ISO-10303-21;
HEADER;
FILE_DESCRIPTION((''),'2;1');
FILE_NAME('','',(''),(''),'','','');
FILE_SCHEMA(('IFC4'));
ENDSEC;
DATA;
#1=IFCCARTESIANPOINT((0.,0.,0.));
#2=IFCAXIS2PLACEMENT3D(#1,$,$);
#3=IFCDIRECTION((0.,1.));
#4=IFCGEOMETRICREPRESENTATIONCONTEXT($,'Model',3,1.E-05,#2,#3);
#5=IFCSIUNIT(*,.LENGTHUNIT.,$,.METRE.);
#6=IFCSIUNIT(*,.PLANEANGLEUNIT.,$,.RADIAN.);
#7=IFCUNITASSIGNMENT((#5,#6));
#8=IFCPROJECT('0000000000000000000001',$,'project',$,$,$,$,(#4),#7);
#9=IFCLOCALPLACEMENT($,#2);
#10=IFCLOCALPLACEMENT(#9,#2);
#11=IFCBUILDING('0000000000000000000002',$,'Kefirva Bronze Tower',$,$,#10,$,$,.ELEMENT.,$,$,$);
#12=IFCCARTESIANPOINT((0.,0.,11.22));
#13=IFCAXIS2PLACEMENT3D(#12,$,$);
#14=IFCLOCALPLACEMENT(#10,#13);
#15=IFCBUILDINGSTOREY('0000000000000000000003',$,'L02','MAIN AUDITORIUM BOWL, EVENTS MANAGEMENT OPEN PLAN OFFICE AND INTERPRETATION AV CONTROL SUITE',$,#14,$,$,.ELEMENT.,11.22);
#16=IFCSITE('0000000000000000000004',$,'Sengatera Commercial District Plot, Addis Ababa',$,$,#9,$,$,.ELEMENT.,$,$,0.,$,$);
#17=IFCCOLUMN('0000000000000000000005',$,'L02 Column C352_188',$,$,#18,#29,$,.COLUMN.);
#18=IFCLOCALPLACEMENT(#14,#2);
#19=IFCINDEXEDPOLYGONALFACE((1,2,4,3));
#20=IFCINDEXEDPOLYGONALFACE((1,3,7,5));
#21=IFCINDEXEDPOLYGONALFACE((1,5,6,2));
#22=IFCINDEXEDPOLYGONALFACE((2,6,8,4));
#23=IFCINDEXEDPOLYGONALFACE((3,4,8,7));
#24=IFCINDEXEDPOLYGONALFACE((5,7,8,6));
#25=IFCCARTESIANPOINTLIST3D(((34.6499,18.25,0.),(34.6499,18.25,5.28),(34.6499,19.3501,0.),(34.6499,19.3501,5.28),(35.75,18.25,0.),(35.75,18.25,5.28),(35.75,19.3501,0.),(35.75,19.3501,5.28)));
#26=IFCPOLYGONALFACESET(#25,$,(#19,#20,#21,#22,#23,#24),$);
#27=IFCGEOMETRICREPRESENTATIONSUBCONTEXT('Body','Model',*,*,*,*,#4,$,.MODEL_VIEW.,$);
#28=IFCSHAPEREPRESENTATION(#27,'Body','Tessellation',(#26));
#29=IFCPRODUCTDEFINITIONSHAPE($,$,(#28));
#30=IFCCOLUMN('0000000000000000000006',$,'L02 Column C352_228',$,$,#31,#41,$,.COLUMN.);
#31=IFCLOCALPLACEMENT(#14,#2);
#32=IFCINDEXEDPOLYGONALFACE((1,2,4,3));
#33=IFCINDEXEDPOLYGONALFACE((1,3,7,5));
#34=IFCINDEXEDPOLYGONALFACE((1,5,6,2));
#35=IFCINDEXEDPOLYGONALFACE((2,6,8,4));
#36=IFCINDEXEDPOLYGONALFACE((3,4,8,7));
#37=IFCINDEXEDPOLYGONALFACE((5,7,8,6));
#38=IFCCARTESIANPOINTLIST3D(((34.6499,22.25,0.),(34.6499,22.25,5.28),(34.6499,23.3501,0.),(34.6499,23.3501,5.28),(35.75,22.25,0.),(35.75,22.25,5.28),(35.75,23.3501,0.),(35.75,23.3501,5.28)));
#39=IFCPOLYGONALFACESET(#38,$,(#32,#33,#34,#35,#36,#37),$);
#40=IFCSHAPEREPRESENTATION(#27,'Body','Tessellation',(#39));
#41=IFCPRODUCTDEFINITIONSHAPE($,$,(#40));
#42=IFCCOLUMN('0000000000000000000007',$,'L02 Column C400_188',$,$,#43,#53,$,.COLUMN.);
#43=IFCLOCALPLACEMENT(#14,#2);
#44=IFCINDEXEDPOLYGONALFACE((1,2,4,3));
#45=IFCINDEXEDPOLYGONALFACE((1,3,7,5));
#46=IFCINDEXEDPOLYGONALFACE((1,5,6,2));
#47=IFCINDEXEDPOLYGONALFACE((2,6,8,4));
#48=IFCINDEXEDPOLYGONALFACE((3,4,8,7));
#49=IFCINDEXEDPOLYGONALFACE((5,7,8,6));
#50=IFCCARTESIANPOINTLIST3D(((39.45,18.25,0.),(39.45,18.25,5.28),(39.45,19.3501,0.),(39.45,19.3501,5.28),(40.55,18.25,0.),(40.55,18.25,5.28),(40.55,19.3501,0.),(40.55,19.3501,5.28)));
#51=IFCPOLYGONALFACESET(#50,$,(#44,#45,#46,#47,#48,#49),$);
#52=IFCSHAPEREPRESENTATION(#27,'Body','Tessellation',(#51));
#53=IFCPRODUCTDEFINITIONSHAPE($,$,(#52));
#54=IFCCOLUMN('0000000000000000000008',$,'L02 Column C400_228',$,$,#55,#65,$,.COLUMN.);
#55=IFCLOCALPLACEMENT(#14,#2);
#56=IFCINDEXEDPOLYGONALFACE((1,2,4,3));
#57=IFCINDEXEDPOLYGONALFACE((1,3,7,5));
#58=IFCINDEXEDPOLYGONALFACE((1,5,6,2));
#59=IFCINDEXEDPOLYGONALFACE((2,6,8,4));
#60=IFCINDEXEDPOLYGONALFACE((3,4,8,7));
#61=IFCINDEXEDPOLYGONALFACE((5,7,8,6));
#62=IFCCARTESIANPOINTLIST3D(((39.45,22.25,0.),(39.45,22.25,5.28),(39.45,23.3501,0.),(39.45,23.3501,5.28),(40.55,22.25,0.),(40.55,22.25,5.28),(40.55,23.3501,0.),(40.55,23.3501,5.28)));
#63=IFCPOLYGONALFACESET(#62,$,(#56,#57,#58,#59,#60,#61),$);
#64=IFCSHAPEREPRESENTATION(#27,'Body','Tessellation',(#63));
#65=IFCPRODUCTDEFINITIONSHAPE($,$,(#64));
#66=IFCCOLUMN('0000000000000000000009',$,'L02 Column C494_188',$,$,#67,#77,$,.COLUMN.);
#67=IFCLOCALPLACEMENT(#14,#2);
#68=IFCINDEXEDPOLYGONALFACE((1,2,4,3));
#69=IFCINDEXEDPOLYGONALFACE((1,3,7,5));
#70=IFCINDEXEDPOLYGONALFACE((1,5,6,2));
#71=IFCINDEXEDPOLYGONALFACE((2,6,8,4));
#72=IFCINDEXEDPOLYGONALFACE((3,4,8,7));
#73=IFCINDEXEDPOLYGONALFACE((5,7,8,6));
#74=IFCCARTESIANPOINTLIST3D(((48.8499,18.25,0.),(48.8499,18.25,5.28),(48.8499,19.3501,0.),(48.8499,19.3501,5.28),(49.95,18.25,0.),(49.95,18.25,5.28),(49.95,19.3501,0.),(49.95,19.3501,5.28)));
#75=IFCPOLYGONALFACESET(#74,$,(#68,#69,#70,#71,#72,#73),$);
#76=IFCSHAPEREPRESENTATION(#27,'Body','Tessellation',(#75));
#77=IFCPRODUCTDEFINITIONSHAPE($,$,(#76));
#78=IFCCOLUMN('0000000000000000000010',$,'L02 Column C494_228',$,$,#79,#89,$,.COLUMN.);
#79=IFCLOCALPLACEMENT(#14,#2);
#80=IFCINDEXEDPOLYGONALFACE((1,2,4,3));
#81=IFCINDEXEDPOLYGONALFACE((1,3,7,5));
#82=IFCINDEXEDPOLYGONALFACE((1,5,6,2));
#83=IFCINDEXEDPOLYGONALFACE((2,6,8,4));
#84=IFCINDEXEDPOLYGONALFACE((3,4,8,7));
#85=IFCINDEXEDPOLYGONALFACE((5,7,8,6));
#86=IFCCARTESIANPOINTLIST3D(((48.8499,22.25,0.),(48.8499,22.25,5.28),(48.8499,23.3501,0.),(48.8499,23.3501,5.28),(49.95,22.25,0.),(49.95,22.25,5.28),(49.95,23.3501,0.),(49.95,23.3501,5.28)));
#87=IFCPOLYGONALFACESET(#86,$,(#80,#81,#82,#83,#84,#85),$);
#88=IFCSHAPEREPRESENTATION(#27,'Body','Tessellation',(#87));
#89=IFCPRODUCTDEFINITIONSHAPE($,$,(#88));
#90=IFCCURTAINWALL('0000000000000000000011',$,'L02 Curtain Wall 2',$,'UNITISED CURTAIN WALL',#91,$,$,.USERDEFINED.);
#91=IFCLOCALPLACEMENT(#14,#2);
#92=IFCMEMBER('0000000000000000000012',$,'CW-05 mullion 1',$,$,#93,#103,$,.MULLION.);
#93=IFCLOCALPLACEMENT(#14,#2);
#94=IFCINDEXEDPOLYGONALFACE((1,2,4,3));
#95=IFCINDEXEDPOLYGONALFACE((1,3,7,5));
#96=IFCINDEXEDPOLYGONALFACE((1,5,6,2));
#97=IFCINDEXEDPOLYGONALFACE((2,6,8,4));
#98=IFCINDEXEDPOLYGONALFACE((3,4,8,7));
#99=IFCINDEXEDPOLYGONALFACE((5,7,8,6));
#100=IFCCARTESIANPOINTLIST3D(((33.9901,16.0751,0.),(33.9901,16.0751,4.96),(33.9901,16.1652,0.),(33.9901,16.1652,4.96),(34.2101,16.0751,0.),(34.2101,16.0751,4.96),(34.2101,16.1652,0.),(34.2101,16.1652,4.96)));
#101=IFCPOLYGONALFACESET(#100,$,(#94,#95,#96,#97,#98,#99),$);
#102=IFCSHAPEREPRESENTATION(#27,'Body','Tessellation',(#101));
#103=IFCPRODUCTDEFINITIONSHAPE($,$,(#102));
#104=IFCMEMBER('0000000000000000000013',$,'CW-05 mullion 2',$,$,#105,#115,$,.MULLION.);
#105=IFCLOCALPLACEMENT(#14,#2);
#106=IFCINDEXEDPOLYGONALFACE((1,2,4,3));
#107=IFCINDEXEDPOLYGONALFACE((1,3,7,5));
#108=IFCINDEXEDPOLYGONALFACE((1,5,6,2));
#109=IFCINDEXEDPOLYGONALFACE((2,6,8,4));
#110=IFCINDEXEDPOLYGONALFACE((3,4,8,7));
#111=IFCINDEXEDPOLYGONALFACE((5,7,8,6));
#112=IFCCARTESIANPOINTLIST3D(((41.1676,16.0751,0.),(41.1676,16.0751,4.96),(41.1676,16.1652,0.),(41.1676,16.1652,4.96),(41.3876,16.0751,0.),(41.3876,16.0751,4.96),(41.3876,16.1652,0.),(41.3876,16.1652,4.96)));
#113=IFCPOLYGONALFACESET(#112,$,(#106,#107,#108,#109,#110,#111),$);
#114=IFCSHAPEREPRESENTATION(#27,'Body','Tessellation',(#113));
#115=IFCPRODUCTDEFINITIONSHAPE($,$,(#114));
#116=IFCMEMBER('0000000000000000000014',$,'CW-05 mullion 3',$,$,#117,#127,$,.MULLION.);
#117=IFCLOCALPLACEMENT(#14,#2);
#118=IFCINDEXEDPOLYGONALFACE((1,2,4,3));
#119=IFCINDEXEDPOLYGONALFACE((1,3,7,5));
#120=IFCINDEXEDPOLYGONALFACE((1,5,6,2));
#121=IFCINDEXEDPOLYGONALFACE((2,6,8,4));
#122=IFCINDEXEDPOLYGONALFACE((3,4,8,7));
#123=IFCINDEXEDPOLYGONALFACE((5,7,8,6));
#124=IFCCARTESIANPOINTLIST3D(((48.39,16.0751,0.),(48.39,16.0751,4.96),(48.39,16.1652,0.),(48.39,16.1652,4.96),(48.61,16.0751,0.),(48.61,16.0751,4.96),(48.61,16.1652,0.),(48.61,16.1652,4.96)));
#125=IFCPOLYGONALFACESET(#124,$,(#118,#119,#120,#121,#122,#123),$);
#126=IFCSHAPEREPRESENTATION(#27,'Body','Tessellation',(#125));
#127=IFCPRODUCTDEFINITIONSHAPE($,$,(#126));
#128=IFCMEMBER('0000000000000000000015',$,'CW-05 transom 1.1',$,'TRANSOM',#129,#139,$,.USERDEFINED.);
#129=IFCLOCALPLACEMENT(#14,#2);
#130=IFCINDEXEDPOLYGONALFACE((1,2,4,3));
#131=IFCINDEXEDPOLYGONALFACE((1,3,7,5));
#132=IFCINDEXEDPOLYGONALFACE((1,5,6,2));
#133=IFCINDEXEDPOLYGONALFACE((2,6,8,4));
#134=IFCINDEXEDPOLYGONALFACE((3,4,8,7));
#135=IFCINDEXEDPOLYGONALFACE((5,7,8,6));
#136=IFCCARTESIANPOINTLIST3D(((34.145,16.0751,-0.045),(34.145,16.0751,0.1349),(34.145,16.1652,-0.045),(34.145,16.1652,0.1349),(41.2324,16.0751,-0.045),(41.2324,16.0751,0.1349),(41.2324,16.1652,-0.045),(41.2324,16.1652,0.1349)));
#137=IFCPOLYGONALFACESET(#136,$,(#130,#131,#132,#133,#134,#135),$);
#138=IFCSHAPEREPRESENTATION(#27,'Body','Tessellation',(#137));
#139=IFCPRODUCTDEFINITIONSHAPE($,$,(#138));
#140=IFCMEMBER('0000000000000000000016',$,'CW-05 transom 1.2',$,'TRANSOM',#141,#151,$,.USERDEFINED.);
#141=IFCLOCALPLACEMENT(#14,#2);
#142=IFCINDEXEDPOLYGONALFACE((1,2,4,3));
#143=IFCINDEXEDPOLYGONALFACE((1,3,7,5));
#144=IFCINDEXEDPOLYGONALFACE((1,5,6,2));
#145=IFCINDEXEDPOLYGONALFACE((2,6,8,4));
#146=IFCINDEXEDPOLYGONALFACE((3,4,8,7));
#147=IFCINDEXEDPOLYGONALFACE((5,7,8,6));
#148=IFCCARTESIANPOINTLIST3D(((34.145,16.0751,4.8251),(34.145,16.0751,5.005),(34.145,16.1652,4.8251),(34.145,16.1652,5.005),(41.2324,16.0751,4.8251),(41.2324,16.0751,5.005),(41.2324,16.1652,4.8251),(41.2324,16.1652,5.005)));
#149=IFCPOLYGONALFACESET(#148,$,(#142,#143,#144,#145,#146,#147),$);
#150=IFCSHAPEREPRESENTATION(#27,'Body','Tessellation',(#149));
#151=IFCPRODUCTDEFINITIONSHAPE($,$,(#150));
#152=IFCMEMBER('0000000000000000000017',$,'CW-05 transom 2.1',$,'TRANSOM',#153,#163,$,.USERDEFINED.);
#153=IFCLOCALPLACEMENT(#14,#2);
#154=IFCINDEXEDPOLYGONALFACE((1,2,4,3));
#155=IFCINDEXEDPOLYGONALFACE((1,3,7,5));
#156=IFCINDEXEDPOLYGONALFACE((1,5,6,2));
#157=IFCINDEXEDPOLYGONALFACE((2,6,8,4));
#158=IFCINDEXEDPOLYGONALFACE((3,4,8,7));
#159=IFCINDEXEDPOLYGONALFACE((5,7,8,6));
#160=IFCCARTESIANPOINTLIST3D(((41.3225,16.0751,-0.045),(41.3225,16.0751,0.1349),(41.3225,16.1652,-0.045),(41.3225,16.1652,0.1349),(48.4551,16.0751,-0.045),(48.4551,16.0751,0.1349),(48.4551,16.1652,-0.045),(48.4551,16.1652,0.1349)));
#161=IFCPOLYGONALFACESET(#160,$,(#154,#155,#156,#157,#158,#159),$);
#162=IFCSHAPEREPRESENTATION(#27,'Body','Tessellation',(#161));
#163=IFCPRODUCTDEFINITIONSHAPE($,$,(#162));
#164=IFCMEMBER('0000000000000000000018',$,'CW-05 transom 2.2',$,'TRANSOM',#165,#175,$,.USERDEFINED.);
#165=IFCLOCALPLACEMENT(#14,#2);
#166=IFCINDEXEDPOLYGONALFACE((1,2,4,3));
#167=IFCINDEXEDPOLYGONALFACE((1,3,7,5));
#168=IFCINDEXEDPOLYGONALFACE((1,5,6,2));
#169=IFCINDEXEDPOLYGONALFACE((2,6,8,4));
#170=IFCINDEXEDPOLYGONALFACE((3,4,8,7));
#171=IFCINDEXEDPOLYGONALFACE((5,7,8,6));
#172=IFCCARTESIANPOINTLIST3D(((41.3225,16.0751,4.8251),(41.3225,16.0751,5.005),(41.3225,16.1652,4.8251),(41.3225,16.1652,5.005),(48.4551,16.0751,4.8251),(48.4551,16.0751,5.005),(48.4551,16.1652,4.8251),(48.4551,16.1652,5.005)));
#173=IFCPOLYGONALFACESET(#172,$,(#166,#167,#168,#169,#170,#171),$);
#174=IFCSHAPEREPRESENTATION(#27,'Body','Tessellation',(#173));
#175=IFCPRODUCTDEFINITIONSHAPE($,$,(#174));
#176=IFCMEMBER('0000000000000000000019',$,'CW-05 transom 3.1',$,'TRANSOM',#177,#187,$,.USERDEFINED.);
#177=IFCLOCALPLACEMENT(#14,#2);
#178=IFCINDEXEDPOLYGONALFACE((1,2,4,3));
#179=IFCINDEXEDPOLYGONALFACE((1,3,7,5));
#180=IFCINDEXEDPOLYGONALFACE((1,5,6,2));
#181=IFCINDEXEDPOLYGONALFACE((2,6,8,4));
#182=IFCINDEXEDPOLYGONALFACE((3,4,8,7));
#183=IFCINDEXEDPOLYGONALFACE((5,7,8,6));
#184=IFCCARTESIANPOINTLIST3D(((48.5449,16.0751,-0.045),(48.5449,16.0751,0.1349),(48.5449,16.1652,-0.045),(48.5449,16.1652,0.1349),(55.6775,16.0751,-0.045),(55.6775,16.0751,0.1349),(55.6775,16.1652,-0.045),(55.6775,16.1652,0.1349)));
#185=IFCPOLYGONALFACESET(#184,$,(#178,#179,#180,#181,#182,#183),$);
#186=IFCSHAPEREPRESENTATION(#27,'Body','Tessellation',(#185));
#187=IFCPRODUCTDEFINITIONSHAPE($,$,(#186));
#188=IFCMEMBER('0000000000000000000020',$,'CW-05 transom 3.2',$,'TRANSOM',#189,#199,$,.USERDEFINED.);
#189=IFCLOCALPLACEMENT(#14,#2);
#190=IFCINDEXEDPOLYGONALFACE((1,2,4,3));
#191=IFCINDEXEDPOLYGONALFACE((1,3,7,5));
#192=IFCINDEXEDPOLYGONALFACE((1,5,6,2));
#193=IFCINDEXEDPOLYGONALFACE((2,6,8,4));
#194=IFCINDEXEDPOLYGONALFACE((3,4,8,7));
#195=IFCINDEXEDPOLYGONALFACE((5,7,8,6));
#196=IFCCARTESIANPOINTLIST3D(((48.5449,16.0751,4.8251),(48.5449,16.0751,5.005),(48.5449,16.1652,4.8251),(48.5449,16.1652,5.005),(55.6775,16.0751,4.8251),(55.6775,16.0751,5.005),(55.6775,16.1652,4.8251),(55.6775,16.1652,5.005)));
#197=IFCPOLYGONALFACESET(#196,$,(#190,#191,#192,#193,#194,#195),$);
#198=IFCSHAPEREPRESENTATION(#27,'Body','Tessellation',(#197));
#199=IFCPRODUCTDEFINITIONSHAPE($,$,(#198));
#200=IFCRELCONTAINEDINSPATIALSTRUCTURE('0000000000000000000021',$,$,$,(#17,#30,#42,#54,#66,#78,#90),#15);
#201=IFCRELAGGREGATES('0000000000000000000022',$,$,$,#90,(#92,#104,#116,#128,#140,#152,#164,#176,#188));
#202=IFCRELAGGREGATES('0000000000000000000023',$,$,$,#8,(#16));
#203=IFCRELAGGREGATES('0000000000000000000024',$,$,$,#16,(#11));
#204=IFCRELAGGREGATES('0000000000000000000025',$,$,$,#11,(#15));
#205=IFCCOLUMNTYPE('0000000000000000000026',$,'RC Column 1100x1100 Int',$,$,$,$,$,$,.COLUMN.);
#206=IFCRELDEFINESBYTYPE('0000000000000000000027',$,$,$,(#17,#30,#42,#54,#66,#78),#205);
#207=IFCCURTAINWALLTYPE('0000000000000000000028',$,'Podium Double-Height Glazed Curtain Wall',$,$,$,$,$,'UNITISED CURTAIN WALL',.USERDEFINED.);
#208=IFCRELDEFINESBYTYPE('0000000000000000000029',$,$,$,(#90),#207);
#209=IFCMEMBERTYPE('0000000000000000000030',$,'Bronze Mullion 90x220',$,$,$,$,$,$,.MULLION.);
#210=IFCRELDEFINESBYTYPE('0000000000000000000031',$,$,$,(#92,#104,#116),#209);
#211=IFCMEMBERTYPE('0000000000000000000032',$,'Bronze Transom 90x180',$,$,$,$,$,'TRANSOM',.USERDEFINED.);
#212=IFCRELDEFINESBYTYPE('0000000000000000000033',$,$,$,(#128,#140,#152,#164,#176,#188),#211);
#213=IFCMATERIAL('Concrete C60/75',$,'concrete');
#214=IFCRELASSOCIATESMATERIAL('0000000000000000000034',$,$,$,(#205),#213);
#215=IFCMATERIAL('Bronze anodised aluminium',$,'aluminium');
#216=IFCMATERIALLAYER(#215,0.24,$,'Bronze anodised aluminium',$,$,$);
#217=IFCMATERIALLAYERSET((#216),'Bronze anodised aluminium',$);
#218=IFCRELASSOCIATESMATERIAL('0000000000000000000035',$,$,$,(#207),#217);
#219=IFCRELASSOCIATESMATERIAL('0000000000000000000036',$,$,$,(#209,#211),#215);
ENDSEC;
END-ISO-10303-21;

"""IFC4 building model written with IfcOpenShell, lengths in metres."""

from ifc_helpers import new_model, si_unit, direction, frame, origin, origin_2d, place, context, subcontext, project, spatial, rectangle, extrude, material, layer, layer_set, material_profile, profile_set, type_object, element, aggregate, save


model = new_model("IFC4")

# Units and contexts
model_context = context("Model", 3, precision=1e-05, world=origin(), true_north=direction((0.0, 1.0)))
body_context = subcontext(model_context, "Body", "Model", "MODEL_VIEW")
ifc_project = project(units=[si_unit("LENGTHUNIT", "METRE"), si_unit("PLANEANGLEUNIT", "RADIAN")], contexts=[model_context])

# Site, building, storey
site_placement = place(None, origin())
site = spatial("IfcSite", under=ifc_project, at=site_placement, Name="Sengatera Commercial District Plot, Addis Ababa", CompositionType="ELEMENT", RefElevation=0.0)
building_placement = place(site_placement, origin())
building = spatial("IfcBuilding", under=site, at=building_placement, Name="Kefirva Bronze Tower", CompositionType="ELEMENT")
storey_placement = place(building_placement, frame((0.0, 0.0, 11.22)))
storey = spatial("IfcBuildingStorey", under=building, at=storey_placement, Name="L02", Description="MAIN AUDITORIUM BOWL, EVENTS MANAGEMENT OPEN PLAN OFFICE AND INTERPRETATION AV CONTROL SUITE", CompositionType="ELEMENT", Elevation=11.22)

# Columns
ifc_material_1 = material(Name="Concrete C60/75", Category="concrete")
ifc_material_profile_1 = material_profile(ifc_material_1, rectangle(XDim=1.1001, YDim=1.1001, at=origin_2d()), Name="RC 1100x1100")
ifc_profile_set_1 = profile_set([ifc_material_profile_1], Name="Concrete C60/75")
column_type = type_object("IfcColumnType", Name="RC Column 1100x1100 Int", PredefinedType="COLUMN", material=ifc_profile_set_1)
for number, where, z_axis, x_axis, name in (
    (1, (35.2, 18.8, 0.0), (0.0, 0.0, 1.0), (1.0, 0.0, 0.0), "L02 Column C352_188"),
    (2, (35.2, 22.8, 0.0), (0.0, 0.0, 1.0), (1.0, 0.0, 0.0), "L02 Column C352_228"),
    (3, (40.0, 18.8, 0.0), (0.0, 0.0, 1.0), (1.0, 0.0, 0.0), "L02 Column C400_188"),
    (4, (40.0, 22.8, 0.0), (0.0, 0.0, 1.0), (1.0, 0.0, 0.0), "L02 Column C400_228"),
    (5, (49.3999, 18.8, 0.0), (0.0, 0.0, 1.0), (1.0, 0.0, 0.0), "L02 Column C494_188"),
    (6, (49.3999, 22.8, 0.0), (0.0, 0.0, 1.0), (1.0, 0.0, 0.0), "L02 Column C494_228"),
):
    element("IfcColumn", number, at=place(storey_placement, frame(where, z_axis=z_axis, x_axis=x_axis)), inside=storey, type_object=column_type, Name=name, PredefinedType="COLUMN", context=body_context, shape_type="SweptSolid", body=[
        extrude(rectangle(XDim=1.1001, YDim=1.1001, at=origin_2d()), origin(), (0.0, 0.0, 1.0), 5.28),
    ])

# Curtain wall, members
ifc_material_2 = material(Name="Bronze anodised aluminium", Category="aluminium")
ifc_layer_1 = layer(ifc_material_2, 0.24, Name="Bronze anodised aluminium")
ifc_layer_set_1 = layer_set([ifc_layer_1], Name="Bronze anodised aluminium")
curtain_wall_type = type_object("IfcCurtainWallType", Name="Podium Double-Height Glazed Curtain Wall", ElementType="UNITISED CURTAIN WALL", PredefinedType="USERDEFINED", material=ifc_layer_set_1)
curtain_wall_placement = place(storey_placement, origin())
curtain_wall = element("IfcCurtainWall", 7, at=curtain_wall_placement, inside=storey, type_object=curtain_wall_type, Name="L02 Curtain Wall 2", ObjectType="UNITISED CURTAIN WALL", PredefinedType="USERDEFINED")
ifc_material_profile_2 = material_profile(ifc_material_2, rectangle(XDim=0.0901, YDim=0.22, at=origin_2d()), Name="ALU 90x220")
ifc_profile_set_2 = profile_set([ifc_material_profile_2], Name="Bronze anodised aluminium")
member_type_1 = type_object("IfcMemberType", Name="Bronze Mullion 90x220", PredefinedType="MULLION", material=ifc_profile_set_2)
member_1_placement = place(storey_placement, frame((34.1001, 16.1201, 0.0), z_axis=(0.0, 0.0, 1.0), x_axis=(0.0, 1.0, 0.0)))
member_1 = element("IfcMember", 8, at=member_1_placement, type_object=member_type_1, Name="CW-05 mullion 1", PredefinedType="MULLION", context=body_context, shape_type="SweptSolid", body=[
    extrude(rectangle(XDim=0.0901, YDim=0.22, at=origin_2d()), origin(), (0.0, 0.0, 1.0), 4.96),
])
member_2_placement = place(storey_placement, frame((41.2776, 16.1201, 0.0), z_axis=(0.0, 0.0, 1.0), x_axis=(0.0, 1.0, 0.0)))
member_2 = element("IfcMember", 9, at=member_2_placement, type_object=member_type_1, Name="CW-05 mullion 2", PredefinedType="MULLION", context=body_context, shape_type="SweptSolid", body=[
    extrude(rectangle(XDim=0.0901, YDim=0.22, at=origin_2d()), origin(), (0.0, 0.0, 1.0), 4.96),
])
member_3_placement = place(storey_placement, frame((48.5, 16.1201, 0.0), z_axis=(0.0, 0.0, 1.0), x_axis=(0.0, 1.0, 0.0)))
member_3 = element("IfcMember", 10, at=member_3_placement, type_object=member_type_1, Name="CW-05 mullion 3", PredefinedType="MULLION", context=body_context, shape_type="SweptSolid", body=[
    extrude(rectangle(XDim=0.0901, YDim=0.22, at=origin_2d()), origin(), (0.0, 0.0, 1.0), 4.96),
])
ifc_material_profile_3 = material_profile(ifc_material_2, rectangle(XDim=0.0901, YDim=0.1799, at=origin_2d()), Name="ALU 90x180")
ifc_profile_set_3 = profile_set([ifc_material_profile_3], Name="Bronze anodised aluminium")
member_type_2 = type_object("IfcMemberType", Name="Bronze Transom 90x180", ElementType="TRANSOM", PredefinedType="USERDEFINED", material=ifc_profile_set_3)
member_4_placement = place(storey_placement, frame((34.145, 16.1201, 0.0449), z_axis=(1.0, 0.0, 0.0), x_axis=(0.0, 1.0, 0.0)))
member_4 = element("IfcMember", 11, at=member_4_placement, type_object=member_type_2, Name="CW-05 transom 1.1", ObjectType="TRANSOM", PredefinedType="USERDEFINED", context=body_context, shape_type="SweptSolid", body=[
    extrude(rectangle(XDim=0.0901, YDim=0.1799, at=origin_2d()), origin(), (0.0, 0.0, 1.0), 7.0874),
])
member_5_placement = place(storey_placement, frame((34.145, 16.1201, 4.915), z_axis=(1.0, 0.0, 0.0), x_axis=(0.0, 1.0, 0.0)))
member_5 = element("IfcMember", 12, at=member_5_placement, type_object=member_type_2, Name="CW-05 transom 1.2", ObjectType="TRANSOM", PredefinedType="USERDEFINED", context=body_context, shape_type="SweptSolid", body=[
    extrude(rectangle(XDim=0.0901, YDim=0.1799, at=origin_2d()), origin(), (0.0, 0.0, 1.0), 7.0874),
])
member_6_placement = place(storey_placement, frame((41.3225, 16.1201, 0.0449), z_axis=(1.0, 0.0, 0.0), x_axis=(0.0, 1.0, 0.0)))
member_6 = element("IfcMember", 13, at=member_6_placement, type_object=member_type_2, Name="CW-05 transom 2.1", ObjectType="TRANSOM", PredefinedType="USERDEFINED", context=body_context, shape_type="SweptSolid", body=[
    extrude(rectangle(XDim=0.0901, YDim=0.1799, at=origin_2d()), origin(), (0.0, 0.0, 1.0), 7.1326),
])
member_7_placement = place(storey_placement, frame((41.3225, 16.1201, 4.915), z_axis=(1.0, 0.0, 0.0), x_axis=(0.0, 1.0, 0.0)))
member_7 = element("IfcMember", 14, at=member_7_placement, type_object=member_type_2, Name="CW-05 transom 2.2", ObjectType="TRANSOM", PredefinedType="USERDEFINED", context=body_context, shape_type="SweptSolid", body=[
    extrude(rectangle(XDim=0.0901, YDim=0.1799, at=origin_2d()), origin(), (0.0, 0.0, 1.0), 7.1326),
])
member_8_placement = place(storey_placement, frame((48.5449, 16.1201, 0.0449), z_axis=(1.0, 0.0, 0.0), x_axis=(0.0, 1.0, 0.0)))
member_8 = element("IfcMember", 15, at=member_8_placement, type_object=member_type_2, Name="CW-05 transom 3.1", ObjectType="TRANSOM", PredefinedType="USERDEFINED", context=body_context, shape_type="SweptSolid", body=[
    extrude(rectangle(XDim=0.0901, YDim=0.1799, at=origin_2d()), origin(), (0.0, 0.0, 1.0), 7.1326),
])
member_9_placement = place(storey_placement, frame((48.5449, 16.1201, 4.915), z_axis=(1.0, 0.0, 0.0), x_axis=(0.0, 1.0, 0.0)))
member_9 = element("IfcMember", 16, at=member_9_placement, type_object=member_type_2, Name="CW-05 transom 3.2", ObjectType="TRANSOM", PredefinedType="USERDEFINED", context=body_context, shape_type="SweptSolid", body=[
    extrude(rectangle(XDim=0.0901, YDim=0.1799, at=origin_2d()), origin(), (0.0, 0.0, 1.0), 7.1326),
])

aggregate(curtain_wall, [member_1, member_2, member_3, member_4, member_5, member_6, member_7, member_8, member_9])

save(model, "model.ifc")
